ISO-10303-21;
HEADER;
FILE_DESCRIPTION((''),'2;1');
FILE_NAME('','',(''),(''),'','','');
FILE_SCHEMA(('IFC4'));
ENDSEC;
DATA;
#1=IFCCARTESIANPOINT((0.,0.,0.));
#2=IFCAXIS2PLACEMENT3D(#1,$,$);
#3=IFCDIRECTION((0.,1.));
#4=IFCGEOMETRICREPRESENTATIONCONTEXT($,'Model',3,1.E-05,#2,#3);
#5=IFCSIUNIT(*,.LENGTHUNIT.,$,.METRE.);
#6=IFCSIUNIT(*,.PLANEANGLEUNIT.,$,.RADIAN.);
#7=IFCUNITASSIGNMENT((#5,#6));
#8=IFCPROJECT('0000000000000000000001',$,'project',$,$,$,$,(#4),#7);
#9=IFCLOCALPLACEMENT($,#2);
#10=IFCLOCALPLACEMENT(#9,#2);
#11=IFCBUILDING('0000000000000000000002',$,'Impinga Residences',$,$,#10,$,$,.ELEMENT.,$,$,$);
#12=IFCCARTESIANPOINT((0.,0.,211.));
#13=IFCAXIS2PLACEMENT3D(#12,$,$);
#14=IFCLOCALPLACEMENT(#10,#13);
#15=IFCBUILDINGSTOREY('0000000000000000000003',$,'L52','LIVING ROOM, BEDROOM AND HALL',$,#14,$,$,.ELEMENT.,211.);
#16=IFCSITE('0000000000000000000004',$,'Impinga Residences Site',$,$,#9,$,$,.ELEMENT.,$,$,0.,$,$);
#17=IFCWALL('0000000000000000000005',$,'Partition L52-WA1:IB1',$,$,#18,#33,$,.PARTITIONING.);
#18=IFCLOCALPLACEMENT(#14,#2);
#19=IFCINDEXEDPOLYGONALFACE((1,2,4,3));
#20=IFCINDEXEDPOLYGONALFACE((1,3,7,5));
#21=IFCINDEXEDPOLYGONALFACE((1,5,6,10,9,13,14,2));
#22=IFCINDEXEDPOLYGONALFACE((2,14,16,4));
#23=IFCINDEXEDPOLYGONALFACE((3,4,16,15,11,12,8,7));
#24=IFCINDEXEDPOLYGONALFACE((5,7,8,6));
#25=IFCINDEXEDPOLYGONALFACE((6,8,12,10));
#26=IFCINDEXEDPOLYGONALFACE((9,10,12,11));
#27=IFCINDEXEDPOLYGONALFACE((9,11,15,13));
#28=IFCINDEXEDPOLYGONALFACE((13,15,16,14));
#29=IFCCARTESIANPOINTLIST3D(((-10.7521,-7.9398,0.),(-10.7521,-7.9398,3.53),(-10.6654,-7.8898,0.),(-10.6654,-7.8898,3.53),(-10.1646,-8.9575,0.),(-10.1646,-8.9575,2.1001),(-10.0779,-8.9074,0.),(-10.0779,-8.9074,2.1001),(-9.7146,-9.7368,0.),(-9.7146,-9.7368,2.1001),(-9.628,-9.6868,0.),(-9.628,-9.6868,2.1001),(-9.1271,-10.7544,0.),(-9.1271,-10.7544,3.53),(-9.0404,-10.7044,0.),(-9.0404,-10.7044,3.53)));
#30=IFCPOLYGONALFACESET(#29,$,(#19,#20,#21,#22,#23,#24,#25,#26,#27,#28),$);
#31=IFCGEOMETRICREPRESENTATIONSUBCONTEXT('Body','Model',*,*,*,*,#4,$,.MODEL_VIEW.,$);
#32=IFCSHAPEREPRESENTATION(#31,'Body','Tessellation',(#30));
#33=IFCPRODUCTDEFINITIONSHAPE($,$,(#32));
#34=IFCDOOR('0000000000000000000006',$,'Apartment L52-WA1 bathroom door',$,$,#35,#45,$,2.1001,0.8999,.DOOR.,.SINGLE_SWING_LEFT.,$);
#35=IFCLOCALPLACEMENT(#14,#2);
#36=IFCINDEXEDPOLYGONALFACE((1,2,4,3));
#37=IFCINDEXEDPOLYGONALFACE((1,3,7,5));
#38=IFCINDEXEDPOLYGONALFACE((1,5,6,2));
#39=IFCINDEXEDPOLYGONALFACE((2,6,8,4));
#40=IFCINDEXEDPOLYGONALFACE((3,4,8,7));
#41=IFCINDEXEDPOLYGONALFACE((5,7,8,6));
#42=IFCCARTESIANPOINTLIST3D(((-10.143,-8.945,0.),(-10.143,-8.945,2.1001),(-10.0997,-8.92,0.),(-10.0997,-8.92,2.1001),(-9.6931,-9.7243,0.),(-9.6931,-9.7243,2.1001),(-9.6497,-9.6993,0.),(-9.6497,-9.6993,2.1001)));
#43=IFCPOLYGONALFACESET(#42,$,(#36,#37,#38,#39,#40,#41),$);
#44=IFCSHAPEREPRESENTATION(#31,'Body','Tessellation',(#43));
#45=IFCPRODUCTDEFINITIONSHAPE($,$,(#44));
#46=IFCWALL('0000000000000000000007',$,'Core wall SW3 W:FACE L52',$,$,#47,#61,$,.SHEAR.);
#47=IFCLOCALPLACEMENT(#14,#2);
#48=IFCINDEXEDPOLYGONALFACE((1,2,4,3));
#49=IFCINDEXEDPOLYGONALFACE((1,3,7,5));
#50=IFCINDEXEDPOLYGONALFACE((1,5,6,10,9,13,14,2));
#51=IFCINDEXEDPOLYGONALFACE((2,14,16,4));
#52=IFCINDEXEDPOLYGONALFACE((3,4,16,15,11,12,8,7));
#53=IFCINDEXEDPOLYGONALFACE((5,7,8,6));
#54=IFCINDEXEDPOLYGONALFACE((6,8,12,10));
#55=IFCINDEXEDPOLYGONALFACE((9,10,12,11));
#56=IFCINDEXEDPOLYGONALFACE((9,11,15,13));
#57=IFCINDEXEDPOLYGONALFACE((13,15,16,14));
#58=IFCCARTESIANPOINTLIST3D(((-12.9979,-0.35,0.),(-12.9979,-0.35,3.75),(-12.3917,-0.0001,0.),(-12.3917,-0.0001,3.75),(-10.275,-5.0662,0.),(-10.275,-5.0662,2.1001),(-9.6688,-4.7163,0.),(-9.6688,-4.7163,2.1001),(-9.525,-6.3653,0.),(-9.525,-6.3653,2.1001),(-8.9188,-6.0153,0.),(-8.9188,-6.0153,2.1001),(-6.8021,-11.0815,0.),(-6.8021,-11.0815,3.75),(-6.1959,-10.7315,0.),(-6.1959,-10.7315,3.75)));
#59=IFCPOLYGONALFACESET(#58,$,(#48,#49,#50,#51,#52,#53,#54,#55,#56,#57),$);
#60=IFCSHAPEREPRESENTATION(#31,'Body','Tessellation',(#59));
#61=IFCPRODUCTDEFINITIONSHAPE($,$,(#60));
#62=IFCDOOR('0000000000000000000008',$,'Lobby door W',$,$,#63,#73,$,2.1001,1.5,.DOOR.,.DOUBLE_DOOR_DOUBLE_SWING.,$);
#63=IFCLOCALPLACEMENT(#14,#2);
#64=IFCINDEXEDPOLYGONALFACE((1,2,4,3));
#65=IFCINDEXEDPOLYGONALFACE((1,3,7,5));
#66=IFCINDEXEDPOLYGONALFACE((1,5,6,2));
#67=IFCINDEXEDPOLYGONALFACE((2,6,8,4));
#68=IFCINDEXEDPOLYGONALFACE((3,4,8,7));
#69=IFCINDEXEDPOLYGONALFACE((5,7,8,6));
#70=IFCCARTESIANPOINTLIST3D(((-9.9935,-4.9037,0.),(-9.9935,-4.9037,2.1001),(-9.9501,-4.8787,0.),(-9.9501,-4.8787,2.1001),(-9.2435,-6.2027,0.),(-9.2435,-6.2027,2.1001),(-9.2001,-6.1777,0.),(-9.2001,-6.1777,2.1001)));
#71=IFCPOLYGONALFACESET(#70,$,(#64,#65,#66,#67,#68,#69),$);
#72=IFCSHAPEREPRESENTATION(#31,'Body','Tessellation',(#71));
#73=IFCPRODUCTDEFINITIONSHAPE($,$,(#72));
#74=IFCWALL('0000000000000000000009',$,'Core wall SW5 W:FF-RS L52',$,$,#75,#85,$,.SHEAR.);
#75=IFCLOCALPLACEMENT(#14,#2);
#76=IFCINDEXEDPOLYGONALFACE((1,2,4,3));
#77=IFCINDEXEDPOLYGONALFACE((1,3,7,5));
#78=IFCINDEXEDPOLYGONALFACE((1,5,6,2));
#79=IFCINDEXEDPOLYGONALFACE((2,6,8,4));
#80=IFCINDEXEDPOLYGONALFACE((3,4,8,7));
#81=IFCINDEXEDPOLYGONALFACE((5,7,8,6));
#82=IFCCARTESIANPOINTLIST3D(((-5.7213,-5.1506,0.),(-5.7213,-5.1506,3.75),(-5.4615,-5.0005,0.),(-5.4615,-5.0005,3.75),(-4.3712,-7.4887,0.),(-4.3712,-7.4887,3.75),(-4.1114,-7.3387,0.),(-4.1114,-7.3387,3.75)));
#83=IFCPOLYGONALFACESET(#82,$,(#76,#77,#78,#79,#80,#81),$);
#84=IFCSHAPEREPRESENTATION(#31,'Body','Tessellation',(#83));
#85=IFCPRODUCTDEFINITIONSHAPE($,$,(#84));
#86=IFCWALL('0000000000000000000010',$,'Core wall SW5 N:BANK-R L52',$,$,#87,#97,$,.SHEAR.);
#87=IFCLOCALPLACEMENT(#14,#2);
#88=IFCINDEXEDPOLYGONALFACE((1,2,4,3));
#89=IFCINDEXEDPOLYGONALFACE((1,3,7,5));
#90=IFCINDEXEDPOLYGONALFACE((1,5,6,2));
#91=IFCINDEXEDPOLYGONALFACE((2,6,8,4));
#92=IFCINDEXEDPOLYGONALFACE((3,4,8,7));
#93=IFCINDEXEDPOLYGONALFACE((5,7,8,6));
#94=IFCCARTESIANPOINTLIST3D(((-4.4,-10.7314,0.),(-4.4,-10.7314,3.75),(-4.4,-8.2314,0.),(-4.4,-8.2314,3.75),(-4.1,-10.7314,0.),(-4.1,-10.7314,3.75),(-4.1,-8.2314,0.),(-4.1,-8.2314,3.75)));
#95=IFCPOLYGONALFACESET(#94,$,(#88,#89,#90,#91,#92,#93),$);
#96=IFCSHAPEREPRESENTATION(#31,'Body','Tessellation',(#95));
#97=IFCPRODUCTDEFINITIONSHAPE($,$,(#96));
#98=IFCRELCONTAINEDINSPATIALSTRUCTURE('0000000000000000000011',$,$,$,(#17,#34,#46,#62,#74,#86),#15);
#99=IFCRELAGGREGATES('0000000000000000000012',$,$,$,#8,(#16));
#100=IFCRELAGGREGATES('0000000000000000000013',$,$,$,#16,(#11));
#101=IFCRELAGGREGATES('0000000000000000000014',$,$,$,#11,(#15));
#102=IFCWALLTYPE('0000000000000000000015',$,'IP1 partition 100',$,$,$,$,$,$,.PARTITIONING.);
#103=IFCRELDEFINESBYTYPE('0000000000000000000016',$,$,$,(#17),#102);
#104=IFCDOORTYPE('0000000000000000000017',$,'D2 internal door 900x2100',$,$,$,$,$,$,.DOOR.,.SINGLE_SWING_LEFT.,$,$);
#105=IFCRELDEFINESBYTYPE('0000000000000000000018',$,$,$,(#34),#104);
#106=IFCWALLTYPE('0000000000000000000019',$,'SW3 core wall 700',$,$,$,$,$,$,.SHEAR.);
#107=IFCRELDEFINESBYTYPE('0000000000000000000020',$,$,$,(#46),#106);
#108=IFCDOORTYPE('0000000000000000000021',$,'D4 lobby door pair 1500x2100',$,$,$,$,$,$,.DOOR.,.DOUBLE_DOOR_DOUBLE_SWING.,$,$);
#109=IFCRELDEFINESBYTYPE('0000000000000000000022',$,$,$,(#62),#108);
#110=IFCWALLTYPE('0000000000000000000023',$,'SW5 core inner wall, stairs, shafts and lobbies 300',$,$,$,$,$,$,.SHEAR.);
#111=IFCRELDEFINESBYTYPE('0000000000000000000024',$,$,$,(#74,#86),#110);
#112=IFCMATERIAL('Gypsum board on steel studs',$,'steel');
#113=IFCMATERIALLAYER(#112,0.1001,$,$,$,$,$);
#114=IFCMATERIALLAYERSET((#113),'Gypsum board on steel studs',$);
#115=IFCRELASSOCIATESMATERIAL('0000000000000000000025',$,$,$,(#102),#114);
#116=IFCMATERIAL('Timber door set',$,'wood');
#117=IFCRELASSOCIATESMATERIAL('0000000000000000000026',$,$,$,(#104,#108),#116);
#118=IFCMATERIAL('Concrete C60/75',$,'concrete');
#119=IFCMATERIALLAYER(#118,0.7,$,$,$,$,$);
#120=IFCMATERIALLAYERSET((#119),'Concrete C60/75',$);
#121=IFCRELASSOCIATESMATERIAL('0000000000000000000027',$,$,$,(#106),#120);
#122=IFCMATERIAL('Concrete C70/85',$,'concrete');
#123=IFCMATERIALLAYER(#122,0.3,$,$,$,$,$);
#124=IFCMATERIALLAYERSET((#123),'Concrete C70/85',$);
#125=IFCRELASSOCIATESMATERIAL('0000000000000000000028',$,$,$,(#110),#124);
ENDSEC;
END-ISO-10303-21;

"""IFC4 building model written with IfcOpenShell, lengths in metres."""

from ifc_helpers import new_model, si_unit, direction, frame, frame_2d, origin, place, context, subcontext, project, spatial, rectangle, extrude, material, layer, layer_set, type_object, element, fill, save


model = new_model("IFC4")

# Units and contexts
model_context = context("Model", 3, precision=1e-05, world=origin(), true_north=direction((0.0, 1.0)))
body_context = subcontext(model_context, "Body", "Model", "MODEL_VIEW")
ifc_project = project(units=[si_unit("LENGTHUNIT", "METRE"), si_unit("PLANEANGLEUNIT", "RADIAN")], contexts=[model_context])

# Site, building, storey
site_placement = place(None, origin())
site = spatial("IfcSite", under=ifc_project, at=site_placement, Name="Impinga Residences Site", CompositionType="ELEMENT", RefElevation=0.0)
building_placement = place(site_placement, origin())
building = spatial("IfcBuilding", under=site, at=building_placement, Name="Impinga Residences", CompositionType="ELEMENT")
storey_placement = place(building_placement, frame((0.0, 0.0, 211.0)))
storey = spatial("IfcBuildingStorey", under=building, at=storey_placement, Name="L52", Description="LIVING ROOM, BEDROOM AND HALL", CompositionType="ELEMENT", Elevation=211.0)

# Shared definitions
ifc_material_1 = material(Name="Concrete C60/75", Category="concrete")
ifc_material_2 = material(Name="Timber door set", Category="wood")

# Shared definitions
ifc_material_3 = material(Name="Gypsum board on steel studs", Category="steel")
ifc_layer_1 = layer(ifc_material_3, 0.1001)
ifc_layer_set_1 = layer_set([ifc_layer_1], Name="Gypsum board on steel studs")
wall_type_1 = type_object("IfcWallType", Name="IP1 partition 100", PredefinedType="PARTITIONING", material=ifc_layer_set_1)

# Shared definitions
door_type_1 = type_object("IfcDoorType", Name="D2 internal door 900x2100", OperationType="SINGLE_SWING_LEFT", PredefinedType="DOOR", material=ifc_material_2)

# Walls, openings, doors
wall_1_placement = place(storey_placement, frame((-10.7087, -7.9148, 0.0), z_axis=(0.0, 0.0, 1.0), x_axis=(0.499985, -0.866034, 0.0)))
wall_1 = element("IfcWall", 1, at=wall_1_placement, inside=storey, type_object=wall_type_1, Name="Partition L52-WA1:IB1", PredefinedType="PARTITIONING", context=body_context, shape_type="SweptSolid", body=[
    extrude(rectangle(XDim=3.25, YDim=0.1001, at=frame_2d((1.625, 0.0))), origin(), (0.0, 0.0, 1.0), 3.53),
])
opening_1_placement = place(wall_1_placement, frame((1.175, 0.0, 0.0)))
opening_1 = element("IfcOpeningElement", 2, at=opening_1_placement, cuts=wall_1, PredefinedType="OPENING", context=body_context, shape_type="SweptSolid", body=[
    extrude(rectangle(XDim=0.8999, YDim=2.1001, at=frame_2d((0.45, 1.05))), frame((0.0, 0.0601, 0.0), z_axis=(0.0, -1.0, 0.0), x_axis=(1.0, 0.0, 0.0)), (0.0, 0.0, 1.0), 0.1201),
])
door_1_placement = place(opening_1_placement, origin())
door_1 = element("IfcDoor", 3, at=door_1_placement, inside=storey, type_object=door_type_1, Name="Apartment L52-WA1 bathroom door", OperationType="SINGLE_SWING_LEFT", OverallHeight=2.1001, OverallWidth=0.8999, PredefinedType="DOOR", context=body_context, shape_type="SweptSolid", body=[
    extrude(rectangle(XDim=0.8999, YDim=2.1001, at=frame_2d((0.45, 1.05))), frame((0.0, 0.0249, 0.0), z_axis=(0.0, -1.0, 0.0), x_axis=(1.0, 0.0, 0.0)), (0.0, 0.0, 1.0), 0.05),
])
fill(opening_1, door_1)
ifc_layer_2 = layer(ifc_material_1, 0.7)
ifc_layer_set_2 = layer_set([ifc_layer_2], Name="Concrete C60/75")
wall_type_2 = type_object("IfcWallType", Name="SW3 core wall 700", PredefinedType="SHEAR", material=ifc_layer_set_2)
wall_2_placement = place(storey_placement, frame((-6.499, -10.9065, 0.0), z_axis=(0.0, 0.0, 1.0), x_axis=(-0.5, 0.866025, 0.0)))
wall_2 = element("IfcWall", 4, at=wall_2_placement, inside=storey, type_object=wall_type_2, Name="Core wall SW3 W:FACE L52", PredefinedType="SHEAR", context=body_context, shape_type="SweptSolid", body=[
    extrude(rectangle(XDim=12.3916, YDim=0.7, at=frame_2d((6.1958, 0.0))), origin(), (0.0, 0.0, 1.0), 3.75),
])
opening_2_placement = place(wall_2_placement, frame((5.4458, 0.0, 0.0)))
opening_2 = element("IfcOpeningElement", 5, at=opening_2_placement, cuts=wall_2, PredefinedType="OPENING", context=body_context, shape_type="SweptSolid", body=[
    extrude(rectangle(XDim=1.5, YDim=2.1001, at=frame_2d((0.75, 1.05))), frame((0.0, 0.3599, 0.0), z_axis=(0.0, -1.0, 0.0), x_axis=(1.0, 0.0, 0.0)), (0.0, 0.0, 1.0), 0.72),
])
door_type_2 = type_object("IfcDoorType", Name="D4 lobby door pair 1500x2100", OperationType="DOUBLE_DOOR_DOUBLE_SWING", PredefinedType="DOOR", material=ifc_material_2)
door_2_placement = place(opening_2_placement, origin())
door_2 = element("IfcDoor", 6, at=door_2_placement, inside=storey, type_object=door_type_2, Name="Lobby door W", OperationType="DOUBLE_DOOR_DOUBLE_SWING", OverallHeight=2.1001, OverallWidth=1.5, PredefinedType="DOOR", context=body_context, shape_type="SweptSolid", body=[
    extrude(rectangle(XDim=1.5, YDim=2.1001, at=frame_2d((0.75, 1.05))), frame((0.0, 0.0249, 0.0), z_axis=(0.0, -1.0, 0.0), x_axis=(1.0, 0.0, 0.0)), (0.0, 0.0, 1.0), 0.05),
])
fill(opening_2, door_2)

# Walls
ifc_material_4 = material(Name="Concrete C70/85", Category="concrete")
ifc_layer_3 = layer(ifc_material_4, 0.3)
ifc_layer_set_3 = layer_set([ifc_layer_3], Name="Concrete C70/85")
wall_type_3 = type_object("IfcWallType", Name="SW5 core inner wall, stairs, shafts and lobbies 300", PredefinedType="SHEAR", material=ifc_layer_set_3)
wall_3_placement = place(storey_placement, frame((-4.2412, -7.4138, 0.0), z_axis=(0.0, 0.0, 1.0), x_axis=(-0.500049, 0.865997, 0.0)))
element("IfcWall", 7, at=wall_3_placement, inside=storey, type_object=wall_type_3, Name="Core wall SW5 W:FF-RS L52", PredefinedType="SHEAR", context=body_context, shape_type="SweptSolid", body=[
    extrude(rectangle(XDim=2.7, YDim=0.3, at=frame_2d((1.3501, 0.0))), origin(), (0.0, 0.0, 1.0), 3.75),
])
wall_4_placement = place(storey_placement, frame((-4.25, -8.2314, 0.0), z_axis=(0.0, 0.0, 1.0), x_axis=(0.0, -1.0, 0.0)))
element("IfcWall", 8, at=wall_4_placement, inside=storey, type_object=wall_type_3, Name="Core wall SW5 N:BANK-R L52", PredefinedType="SHEAR", context=body_context, shape_type="SweptSolid", body=[
    extrude(rectangle(XDim=2.5, YDim=0.3, at=frame_2d((1.25, 0.0))), origin(), (0.0, 0.0, 1.0), 3.75),
])

save(model, "model.ifc")
